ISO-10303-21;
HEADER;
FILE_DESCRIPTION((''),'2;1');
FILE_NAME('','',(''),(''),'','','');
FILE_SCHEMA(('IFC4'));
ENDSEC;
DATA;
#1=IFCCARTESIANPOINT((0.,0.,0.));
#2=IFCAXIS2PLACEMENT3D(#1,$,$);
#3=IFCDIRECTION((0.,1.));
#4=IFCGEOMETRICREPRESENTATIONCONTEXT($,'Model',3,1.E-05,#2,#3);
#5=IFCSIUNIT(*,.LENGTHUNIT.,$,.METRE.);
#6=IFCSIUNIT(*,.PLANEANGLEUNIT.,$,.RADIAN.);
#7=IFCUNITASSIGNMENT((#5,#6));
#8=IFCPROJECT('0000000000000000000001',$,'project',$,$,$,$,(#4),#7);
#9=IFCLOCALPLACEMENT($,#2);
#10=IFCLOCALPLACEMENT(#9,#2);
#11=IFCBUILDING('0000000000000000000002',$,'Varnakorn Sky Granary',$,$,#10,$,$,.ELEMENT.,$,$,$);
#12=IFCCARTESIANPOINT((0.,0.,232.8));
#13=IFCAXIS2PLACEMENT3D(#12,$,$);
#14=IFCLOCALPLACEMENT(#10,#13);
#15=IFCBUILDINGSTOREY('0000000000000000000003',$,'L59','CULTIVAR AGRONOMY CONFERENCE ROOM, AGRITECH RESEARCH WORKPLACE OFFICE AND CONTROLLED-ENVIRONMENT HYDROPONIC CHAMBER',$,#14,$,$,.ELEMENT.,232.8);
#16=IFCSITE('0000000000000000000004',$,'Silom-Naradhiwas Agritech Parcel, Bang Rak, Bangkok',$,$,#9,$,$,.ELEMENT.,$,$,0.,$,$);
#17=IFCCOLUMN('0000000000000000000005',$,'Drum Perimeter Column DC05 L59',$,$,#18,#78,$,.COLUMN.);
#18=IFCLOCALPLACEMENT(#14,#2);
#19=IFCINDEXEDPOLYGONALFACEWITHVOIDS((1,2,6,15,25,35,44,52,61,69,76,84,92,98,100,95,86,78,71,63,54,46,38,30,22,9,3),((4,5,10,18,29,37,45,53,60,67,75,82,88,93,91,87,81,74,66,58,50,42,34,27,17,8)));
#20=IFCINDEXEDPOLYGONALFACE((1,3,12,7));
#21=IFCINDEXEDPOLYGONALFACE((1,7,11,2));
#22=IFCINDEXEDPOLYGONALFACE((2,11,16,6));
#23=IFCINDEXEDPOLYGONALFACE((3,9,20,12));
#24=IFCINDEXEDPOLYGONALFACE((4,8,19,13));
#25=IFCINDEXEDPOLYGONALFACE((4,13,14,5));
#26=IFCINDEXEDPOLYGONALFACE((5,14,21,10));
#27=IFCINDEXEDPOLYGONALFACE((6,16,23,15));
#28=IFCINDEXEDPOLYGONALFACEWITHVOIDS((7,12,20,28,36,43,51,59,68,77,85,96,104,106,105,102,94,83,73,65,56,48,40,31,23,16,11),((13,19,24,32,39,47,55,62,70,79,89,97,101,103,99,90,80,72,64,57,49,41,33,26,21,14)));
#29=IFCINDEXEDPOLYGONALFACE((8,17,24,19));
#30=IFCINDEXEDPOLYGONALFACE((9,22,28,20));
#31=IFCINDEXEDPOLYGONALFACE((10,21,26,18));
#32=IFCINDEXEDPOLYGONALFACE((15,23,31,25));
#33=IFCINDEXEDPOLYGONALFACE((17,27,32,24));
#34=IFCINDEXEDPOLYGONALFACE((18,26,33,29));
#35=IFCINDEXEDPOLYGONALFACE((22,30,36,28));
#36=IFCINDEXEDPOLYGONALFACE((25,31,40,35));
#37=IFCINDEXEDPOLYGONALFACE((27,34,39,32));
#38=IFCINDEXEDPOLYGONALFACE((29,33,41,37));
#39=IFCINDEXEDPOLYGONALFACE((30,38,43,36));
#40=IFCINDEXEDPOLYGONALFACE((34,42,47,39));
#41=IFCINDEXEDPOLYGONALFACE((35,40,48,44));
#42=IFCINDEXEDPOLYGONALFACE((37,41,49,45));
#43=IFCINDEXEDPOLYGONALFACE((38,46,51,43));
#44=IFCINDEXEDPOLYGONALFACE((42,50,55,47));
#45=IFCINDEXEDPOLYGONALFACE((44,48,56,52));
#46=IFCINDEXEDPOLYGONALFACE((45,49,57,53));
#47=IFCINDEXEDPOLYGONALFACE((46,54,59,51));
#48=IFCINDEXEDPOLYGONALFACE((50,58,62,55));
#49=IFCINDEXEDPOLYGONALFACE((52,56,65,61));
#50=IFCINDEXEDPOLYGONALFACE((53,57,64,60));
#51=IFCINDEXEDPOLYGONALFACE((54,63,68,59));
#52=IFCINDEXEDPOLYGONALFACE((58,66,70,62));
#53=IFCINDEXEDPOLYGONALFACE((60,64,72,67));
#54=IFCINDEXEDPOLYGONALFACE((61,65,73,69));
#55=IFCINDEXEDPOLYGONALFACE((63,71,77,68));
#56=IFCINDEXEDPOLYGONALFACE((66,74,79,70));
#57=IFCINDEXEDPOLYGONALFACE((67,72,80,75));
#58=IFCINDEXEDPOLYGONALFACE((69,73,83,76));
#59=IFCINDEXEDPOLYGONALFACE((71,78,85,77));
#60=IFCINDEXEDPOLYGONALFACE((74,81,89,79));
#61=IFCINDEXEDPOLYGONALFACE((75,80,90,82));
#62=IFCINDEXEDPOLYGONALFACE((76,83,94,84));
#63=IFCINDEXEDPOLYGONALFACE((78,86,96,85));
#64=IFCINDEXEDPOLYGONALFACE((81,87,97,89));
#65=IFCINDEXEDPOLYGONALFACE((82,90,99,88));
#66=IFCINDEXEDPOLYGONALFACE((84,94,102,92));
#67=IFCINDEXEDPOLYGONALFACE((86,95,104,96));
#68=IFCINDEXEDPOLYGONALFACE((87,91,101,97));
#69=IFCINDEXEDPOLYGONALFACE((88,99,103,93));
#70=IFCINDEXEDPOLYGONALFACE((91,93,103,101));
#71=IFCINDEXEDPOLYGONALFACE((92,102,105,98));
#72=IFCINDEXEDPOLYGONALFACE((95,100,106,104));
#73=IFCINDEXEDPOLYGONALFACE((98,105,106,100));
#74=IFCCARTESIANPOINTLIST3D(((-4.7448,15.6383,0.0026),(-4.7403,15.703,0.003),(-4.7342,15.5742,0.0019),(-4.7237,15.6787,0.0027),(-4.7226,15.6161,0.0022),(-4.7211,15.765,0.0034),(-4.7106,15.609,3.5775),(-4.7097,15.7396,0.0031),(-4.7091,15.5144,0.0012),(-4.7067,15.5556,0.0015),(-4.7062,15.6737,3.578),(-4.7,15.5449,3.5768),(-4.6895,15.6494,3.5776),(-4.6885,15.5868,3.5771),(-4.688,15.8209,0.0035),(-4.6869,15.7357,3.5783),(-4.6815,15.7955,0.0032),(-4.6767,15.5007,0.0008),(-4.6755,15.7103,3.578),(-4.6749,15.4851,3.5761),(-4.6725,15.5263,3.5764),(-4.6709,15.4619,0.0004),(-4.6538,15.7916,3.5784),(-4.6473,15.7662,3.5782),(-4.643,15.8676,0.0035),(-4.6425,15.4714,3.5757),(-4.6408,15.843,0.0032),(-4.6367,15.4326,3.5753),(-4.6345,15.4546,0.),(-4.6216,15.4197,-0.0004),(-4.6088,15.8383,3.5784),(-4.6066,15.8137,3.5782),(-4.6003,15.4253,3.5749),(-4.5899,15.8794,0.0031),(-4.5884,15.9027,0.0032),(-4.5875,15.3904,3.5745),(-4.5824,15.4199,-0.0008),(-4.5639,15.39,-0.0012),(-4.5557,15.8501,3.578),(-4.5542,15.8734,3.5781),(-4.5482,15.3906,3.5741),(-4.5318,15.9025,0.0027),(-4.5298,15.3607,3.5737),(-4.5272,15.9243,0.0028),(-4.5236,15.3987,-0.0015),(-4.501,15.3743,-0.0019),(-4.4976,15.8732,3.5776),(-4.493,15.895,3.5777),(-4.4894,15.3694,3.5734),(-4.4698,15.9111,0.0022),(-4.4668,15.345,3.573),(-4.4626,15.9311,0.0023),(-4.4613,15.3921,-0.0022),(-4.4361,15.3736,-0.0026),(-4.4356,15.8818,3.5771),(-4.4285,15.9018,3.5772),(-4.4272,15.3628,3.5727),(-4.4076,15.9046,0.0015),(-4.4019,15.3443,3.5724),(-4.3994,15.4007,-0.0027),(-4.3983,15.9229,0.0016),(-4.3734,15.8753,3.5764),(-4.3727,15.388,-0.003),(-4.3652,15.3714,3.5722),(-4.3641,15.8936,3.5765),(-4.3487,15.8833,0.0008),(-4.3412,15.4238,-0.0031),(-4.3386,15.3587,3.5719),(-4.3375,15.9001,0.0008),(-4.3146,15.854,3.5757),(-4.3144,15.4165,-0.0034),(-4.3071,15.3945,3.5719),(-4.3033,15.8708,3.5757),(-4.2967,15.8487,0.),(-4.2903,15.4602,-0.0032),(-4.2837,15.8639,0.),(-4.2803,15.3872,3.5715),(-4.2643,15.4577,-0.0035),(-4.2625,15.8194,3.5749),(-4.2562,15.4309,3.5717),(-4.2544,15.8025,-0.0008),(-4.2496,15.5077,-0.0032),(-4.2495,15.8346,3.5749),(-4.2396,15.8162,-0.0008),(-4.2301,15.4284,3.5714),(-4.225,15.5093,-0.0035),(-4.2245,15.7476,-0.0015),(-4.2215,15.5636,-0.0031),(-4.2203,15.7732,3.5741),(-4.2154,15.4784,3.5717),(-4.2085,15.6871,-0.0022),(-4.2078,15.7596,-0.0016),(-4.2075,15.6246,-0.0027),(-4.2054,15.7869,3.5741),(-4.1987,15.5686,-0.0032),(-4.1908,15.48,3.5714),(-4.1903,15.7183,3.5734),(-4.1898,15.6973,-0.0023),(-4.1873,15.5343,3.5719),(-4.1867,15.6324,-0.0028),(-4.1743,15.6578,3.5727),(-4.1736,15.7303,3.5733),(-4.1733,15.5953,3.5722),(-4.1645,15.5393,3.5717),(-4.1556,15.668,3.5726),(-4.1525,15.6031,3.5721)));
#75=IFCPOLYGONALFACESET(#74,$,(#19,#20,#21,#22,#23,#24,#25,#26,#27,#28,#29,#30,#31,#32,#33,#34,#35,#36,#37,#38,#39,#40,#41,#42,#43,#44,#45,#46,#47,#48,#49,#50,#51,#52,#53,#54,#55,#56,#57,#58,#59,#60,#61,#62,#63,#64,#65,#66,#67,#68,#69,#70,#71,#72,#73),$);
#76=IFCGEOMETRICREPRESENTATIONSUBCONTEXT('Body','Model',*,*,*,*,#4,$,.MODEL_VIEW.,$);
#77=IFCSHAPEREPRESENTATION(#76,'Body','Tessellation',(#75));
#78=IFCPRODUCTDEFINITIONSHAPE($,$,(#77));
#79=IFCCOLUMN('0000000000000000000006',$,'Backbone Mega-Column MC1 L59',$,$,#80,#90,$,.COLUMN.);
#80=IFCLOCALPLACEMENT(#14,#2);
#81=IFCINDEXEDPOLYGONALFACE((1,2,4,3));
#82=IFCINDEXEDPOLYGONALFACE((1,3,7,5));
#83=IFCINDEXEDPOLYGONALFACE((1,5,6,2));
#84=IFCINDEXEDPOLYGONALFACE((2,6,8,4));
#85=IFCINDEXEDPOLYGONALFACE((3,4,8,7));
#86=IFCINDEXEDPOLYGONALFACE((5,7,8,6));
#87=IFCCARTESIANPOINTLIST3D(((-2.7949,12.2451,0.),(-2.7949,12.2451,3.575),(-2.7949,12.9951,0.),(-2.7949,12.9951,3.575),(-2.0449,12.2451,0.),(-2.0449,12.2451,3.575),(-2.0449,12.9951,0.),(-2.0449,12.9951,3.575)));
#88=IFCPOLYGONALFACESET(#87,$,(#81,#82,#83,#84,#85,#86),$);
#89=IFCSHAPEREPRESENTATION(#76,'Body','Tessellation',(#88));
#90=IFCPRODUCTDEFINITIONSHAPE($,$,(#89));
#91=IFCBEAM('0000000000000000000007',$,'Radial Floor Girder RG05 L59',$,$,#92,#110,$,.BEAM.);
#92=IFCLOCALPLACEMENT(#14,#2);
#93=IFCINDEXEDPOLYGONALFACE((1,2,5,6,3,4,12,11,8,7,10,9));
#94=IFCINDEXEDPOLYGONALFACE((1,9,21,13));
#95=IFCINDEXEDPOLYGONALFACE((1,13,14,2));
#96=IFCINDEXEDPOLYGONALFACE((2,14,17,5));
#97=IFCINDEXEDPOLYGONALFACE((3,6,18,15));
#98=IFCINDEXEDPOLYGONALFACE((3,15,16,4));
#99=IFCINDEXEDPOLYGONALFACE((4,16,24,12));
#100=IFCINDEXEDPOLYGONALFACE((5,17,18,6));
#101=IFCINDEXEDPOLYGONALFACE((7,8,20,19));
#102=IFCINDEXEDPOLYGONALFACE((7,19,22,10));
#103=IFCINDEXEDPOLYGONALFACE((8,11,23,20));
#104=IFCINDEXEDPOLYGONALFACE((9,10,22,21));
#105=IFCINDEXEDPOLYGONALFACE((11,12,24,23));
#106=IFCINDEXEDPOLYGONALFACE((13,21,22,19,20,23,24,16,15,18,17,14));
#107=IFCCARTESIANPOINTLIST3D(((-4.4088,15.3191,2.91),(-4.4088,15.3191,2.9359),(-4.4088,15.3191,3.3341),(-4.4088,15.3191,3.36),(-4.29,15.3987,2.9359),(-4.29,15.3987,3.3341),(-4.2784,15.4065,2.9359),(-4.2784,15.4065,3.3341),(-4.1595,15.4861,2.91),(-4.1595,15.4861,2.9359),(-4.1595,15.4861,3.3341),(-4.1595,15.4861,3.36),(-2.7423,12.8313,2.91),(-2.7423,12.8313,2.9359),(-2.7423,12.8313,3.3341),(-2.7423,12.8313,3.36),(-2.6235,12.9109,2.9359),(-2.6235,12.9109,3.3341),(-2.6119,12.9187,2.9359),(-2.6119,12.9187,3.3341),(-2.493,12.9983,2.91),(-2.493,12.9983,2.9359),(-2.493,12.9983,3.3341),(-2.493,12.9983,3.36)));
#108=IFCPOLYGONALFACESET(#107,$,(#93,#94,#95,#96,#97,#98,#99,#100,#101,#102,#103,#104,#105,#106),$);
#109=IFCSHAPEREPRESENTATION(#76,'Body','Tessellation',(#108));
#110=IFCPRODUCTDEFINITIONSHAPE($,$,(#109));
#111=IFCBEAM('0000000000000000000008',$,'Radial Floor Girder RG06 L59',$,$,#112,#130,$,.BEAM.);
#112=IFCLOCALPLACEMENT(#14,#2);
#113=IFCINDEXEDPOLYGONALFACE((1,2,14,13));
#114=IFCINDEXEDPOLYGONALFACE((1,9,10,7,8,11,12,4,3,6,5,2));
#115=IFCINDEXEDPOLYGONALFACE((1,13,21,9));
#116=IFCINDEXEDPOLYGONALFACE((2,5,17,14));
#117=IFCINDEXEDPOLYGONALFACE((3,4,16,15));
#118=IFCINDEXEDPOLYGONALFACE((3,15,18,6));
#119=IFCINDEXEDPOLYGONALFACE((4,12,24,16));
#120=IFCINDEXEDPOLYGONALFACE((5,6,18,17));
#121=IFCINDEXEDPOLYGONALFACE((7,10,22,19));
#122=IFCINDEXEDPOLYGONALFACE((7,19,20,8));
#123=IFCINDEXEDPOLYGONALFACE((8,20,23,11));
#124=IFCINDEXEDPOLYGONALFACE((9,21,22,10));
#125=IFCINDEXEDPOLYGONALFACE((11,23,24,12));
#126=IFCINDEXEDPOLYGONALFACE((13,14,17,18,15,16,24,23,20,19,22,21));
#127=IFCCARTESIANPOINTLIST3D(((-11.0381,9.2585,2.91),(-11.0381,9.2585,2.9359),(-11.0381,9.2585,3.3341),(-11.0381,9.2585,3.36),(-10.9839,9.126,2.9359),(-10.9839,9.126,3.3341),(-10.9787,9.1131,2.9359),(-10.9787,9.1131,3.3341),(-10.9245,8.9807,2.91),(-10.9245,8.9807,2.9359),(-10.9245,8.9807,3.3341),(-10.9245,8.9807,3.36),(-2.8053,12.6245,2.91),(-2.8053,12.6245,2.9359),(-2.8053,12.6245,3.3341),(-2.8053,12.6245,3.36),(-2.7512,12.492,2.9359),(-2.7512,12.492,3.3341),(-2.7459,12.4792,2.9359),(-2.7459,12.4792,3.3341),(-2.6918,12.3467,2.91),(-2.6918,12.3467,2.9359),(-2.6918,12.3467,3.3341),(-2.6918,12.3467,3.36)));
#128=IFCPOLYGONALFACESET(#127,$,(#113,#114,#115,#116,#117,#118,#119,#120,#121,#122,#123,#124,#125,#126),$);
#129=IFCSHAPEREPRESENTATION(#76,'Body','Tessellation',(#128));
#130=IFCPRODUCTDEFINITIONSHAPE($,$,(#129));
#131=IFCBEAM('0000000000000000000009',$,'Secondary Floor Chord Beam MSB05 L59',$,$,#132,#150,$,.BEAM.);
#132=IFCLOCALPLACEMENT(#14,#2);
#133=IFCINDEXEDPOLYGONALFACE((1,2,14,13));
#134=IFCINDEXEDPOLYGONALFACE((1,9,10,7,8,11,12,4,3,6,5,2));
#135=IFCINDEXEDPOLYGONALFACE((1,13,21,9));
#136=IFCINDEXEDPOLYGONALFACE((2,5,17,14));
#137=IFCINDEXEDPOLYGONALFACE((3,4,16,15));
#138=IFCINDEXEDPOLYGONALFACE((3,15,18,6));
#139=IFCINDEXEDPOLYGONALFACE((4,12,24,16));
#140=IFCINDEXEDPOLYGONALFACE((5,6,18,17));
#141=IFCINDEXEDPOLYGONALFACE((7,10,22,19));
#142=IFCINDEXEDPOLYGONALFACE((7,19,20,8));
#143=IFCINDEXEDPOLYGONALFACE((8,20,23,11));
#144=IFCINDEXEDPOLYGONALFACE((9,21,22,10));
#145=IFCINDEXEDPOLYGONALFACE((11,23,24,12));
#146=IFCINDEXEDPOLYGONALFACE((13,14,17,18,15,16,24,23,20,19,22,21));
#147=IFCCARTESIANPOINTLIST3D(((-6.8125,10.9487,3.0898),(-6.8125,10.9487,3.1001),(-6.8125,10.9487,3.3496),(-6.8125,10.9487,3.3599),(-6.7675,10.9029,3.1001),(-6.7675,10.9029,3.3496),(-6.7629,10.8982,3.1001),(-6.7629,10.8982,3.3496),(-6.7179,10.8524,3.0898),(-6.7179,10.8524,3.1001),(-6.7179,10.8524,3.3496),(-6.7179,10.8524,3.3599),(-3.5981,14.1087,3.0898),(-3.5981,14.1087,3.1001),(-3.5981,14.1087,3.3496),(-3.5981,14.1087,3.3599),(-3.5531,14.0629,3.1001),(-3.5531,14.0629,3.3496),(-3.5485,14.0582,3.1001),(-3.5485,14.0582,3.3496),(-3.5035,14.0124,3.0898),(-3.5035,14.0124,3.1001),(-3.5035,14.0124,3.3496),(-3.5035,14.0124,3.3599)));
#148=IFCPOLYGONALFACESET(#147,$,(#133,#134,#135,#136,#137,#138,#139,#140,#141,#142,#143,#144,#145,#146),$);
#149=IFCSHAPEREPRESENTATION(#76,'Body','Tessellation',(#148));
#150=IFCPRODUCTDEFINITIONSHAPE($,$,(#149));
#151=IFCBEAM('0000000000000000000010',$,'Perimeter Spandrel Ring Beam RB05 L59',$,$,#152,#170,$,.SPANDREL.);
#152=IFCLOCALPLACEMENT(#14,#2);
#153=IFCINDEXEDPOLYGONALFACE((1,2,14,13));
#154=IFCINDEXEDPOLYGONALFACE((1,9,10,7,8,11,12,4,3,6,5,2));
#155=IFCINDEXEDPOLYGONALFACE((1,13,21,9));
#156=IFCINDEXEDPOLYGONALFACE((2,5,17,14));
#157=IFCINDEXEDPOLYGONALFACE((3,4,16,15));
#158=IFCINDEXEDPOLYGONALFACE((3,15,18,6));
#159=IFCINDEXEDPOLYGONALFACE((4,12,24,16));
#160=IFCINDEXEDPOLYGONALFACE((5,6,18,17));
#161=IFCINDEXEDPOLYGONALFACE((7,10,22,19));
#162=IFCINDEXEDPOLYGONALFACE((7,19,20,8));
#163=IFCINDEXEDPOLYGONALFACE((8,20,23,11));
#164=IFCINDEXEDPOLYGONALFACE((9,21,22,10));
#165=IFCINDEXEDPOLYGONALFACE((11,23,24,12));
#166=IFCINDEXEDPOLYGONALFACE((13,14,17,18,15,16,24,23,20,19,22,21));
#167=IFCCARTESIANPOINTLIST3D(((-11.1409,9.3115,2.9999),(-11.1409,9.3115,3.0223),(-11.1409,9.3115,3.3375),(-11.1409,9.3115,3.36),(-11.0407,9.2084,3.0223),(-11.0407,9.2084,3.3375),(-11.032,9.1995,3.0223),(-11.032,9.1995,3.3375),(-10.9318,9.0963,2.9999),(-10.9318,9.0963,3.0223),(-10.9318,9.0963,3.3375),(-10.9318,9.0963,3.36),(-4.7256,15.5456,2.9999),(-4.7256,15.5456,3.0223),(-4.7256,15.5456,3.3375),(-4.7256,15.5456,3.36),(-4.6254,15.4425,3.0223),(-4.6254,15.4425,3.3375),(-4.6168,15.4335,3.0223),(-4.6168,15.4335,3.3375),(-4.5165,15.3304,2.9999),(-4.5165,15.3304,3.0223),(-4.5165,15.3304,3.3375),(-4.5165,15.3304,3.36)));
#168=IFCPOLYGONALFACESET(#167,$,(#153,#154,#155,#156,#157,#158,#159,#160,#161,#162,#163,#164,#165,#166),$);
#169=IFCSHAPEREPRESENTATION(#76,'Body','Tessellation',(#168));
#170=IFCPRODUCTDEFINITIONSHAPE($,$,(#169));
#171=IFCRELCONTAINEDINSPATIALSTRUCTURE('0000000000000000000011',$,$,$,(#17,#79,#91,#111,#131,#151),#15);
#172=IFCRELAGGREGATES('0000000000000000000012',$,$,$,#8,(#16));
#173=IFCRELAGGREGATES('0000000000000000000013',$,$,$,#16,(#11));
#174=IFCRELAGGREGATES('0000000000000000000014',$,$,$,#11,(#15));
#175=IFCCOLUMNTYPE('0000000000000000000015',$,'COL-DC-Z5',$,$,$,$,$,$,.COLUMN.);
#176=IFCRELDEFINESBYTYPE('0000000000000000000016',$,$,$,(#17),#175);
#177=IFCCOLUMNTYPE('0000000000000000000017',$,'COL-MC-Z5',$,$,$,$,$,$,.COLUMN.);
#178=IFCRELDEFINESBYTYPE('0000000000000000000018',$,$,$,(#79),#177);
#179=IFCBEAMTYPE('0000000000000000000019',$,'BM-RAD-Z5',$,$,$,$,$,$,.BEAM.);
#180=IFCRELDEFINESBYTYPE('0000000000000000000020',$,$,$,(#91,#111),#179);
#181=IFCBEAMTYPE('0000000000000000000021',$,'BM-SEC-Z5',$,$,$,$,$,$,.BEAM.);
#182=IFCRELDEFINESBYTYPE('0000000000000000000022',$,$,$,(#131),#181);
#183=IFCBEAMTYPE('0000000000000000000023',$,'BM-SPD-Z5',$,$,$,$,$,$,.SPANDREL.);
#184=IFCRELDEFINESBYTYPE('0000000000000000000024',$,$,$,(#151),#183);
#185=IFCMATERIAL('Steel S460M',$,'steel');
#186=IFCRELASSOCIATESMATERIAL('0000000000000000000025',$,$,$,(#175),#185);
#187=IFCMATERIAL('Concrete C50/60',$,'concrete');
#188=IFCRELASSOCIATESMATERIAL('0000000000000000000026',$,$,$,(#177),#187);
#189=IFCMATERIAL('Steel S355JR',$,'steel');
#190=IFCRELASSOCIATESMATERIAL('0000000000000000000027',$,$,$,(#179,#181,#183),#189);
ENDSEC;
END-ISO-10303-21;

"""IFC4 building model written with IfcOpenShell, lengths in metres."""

from ifc_helpers import new_model, si_unit, direction, frame, origin, origin_2d, place, context, subcontext, project, spatial, rectangle, hollow_circle, i_section, extrude, material, material_profile, profile_set, type_object, element, save


model = new_model("IFC4")

# Units and contexts
model_context = context("Model", 3, precision=1e-05, world=origin(), true_north=direction((0.0, 1.0)))
body_context = subcontext(model_context, "Body", "Model", "MODEL_VIEW")
ifc_project = project(units=[si_unit("LENGTHUNIT", "METRE"), si_unit("PLANEANGLEUNIT", "RADIAN")], contexts=[model_context])

# Site, building, storey
site_placement = place(None, origin())
site = spatial("IfcSite", under=ifc_project, at=site_placement, Name="Silom-Naradhiwas Agritech Parcel, Bang Rak, Bangkok", CompositionType="ELEMENT", RefElevation=0.0)
building_placement = place(site_placement, origin())
building = spatial("IfcBuilding", under=site, at=building_placement, Name="Varnakorn Sky Granary", CompositionType="ELEMENT")
storey_placement = place(building_placement, frame((0.0, 0.0, 232.8)))
storey = spatial("IfcBuildingStorey", under=building, at=storey_placement, Name="L59", Description="CULTIVAR AGRONOMY CONFERENCE ROOM, AGRITECH RESEARCH WORKPLACE OFFICE AND CONTROLLED-ENVIRONMENT HYDROPONIC CHAMBER", CompositionType="ELEMENT", Elevation=232.8)

# Columns
ifc_material_1 = material(Name="Steel S460M", Category="steel")
ifc_material_profile_1 = material_profile(ifc_material_1, hollow_circle(Radius=0.2795, WallThickness=0.02, at=origin_2d()), Name="CHS 559x20")
ifc_profile_set_1 = profile_set([ifc_material_profile_1], Name="Steel S460M")
column_type_1 = type_object("IfcColumnType", Name="COL-DC-Z5", PredefinedType="COLUMN", material=ifc_profile_set_1)
column_1_placement = place(storey_placement, frame((-4.4656, 15.6516, 0.0), z_axis=(0.00956, -0.008194, 0.999921), x_axis=(0.650791, 0.759257, 0.0)))
element("IfcColumn", 1, at=column_1_placement, inside=storey, type_object=column_type_1, Name="Drum Perimeter Column DC05 L59", PredefinedType="COLUMN", context=body_context, shape_type="SweptSolid", body=[
    extrude(hollow_circle(Radius=0.2795, WallThickness=0.02, at=origin_2d()), origin(), (0.0, 0.0, 1.0), 3.5752),
])
ifc_material_2 = material(Name="Concrete C50/60", Category="concrete")
ifc_material_profile_2 = material_profile(ifc_material_2, rectangle(XDim=0.75, YDim=0.75, at=origin_2d()), Name="RC 750x750")
ifc_profile_set_2 = profile_set([ifc_material_profile_2], Name="Concrete C50/60")
column_type_2 = type_object("IfcColumnType", Name="COL-MC-Z5", PredefinedType="COLUMN", material=ifc_profile_set_2)
column_2_placement = place(storey_placement, frame((-2.4199, 12.6201, 0.0), z_axis=(0.0, 0.0, 1.0), x_axis=(1.0, 0.0, 0.0)))
element("IfcColumn", 2, at=column_2_placement, inside=storey, type_object=column_type_2, Name="Backbone Mega-Column MC1 L59", PredefinedType="COLUMN", context=body_context, shape_type="SweptSolid", body=[
    extrude(rectangle(XDim=0.75, YDim=0.75, at=origin_2d()), origin(), (0.0, 0.0, 1.0), 3.575),
])

# Beams
ifc_material_3 = material(Name="Steel S355JR", Category="steel")
ifc_material_profile_3 = material_profile(ifc_material_3, i_section(OverallWidth=0.3, OverallDepth=0.45, WebThickness=0.0139, FlangeThickness=0.0259, at=origin_2d()), Name="HE 450 B")
ifc_profile_set_3 = profile_set([ifc_material_profile_3], Name="Steel S355JR")
beam_type_1 = type_object("IfcBeamType", Name="BM-RAD-Z5", PredefinedType="BEAM", material=ifc_profile_set_3)
beam_1_placement = place(storey_placement, frame((-2.6177, 12.9148, 3.135), z_axis=(-0.556543, 0.830819, 0.0), x_axis=(-0.830819, -0.556543, 0.0)))
element("IfcBeam", 3, at=beam_1_placement, inside=storey, type_object=beam_type_1, Name="Radial Floor Girder RG05 L59", PredefinedType="BEAM", context=body_context, shape_type="SweptSolid", body=[
    extrude(i_section(OverallWidth=0.3, OverallDepth=0.45, WebThickness=0.0139, FlangeThickness=0.0259, at=origin_2d()), origin(), (0.0, 0.0, 1.0), 2.9944),
])
beam_2_placement = place(storey_placement, frame((-2.7485, 12.4856, 3.135), z_axis=(-0.925623, -0.378446, 0.0), x_axis=(0.378446, -0.925623, 0.0)))
element("IfcBeam", 4, at=beam_2_placement, inside=storey, type_object=beam_type_1, Name="Radial Floor Girder RG06 L59", PredefinedType="BEAM", context=body_context, shape_type="SweptSolid", body=[
    extrude(i_section(OverallWidth=0.3, OverallDepth=0.45, WebThickness=0.0139, FlangeThickness=0.0259, at=origin_2d()), origin(), (0.0, 0.0, 1.0), 8.8943),
])
ifc_material_profile_4 = material_profile(ifc_material_3, i_section(OverallWidth=0.135, OverallDepth=0.27, WebThickness=0.0066, FlangeThickness=0.0103, at=origin_2d()), Name="IPE 270")
ifc_profile_set_4 = profile_set([ifc_material_profile_4], Name="Steel S355JR")
beam_type_2 = type_object("IfcBeamType", Name="BM-SEC-Z5", PredefinedType="BEAM", material=ifc_profile_set_4)
beam_3_placement = place(storey_placement, frame((-3.5508, 14.0605, 3.2249), z_axis=(-0.71312, -0.701042, 0.0), x_axis=(0.701042, -0.71312, 0.0)))
element("IfcBeam", 5, at=beam_3_placement, inside=storey, type_object=beam_type_2, Name="Secondary Floor Chord Beam MSB05 L59", PredefinedType="BEAM", context=body_context, shape_type="SweptSolid", body=[
    extrude(i_section(OverallWidth=0.135, OverallDepth=0.27, WebThickness=0.0066, FlangeThickness=0.0103, at=origin_2d()), origin(), (0.0, 0.0, 1.0), 4.5076),
])
ifc_material_profile_5 = material_profile(ifc_material_3, i_section(OverallWidth=0.3, OverallDepth=0.3601, WebThickness=0.0125, FlangeThickness=0.0225, at=origin_2d()), Name="HE 360 B")
ifc_profile_set_5 = profile_set([ifc_material_profile_5], Name="Steel S355JR")
beam_type_3 = type_object("IfcBeamType", Name="BM-SPD-Z5", PredefinedType="SPANDREL", material=ifc_profile_set_5)
beam_4_placement = place(storey_placement, frame((-4.6211, 15.438, 3.1799), z_axis=(-0.71716, -0.696909, 0.0), x_axis=(0.696909, -0.71716, 0.0)))
element("IfcBeam", 6, at=beam_4_placement, inside=storey, type_object=beam_type_3, Name="Perimeter Spandrel Ring Beam RB05 L59", PredefinedType="SPANDREL", context=body_context, shape_type="SweptSolid", body=[
    extrude(i_section(OverallWidth=0.3, OverallDepth=0.3601, WebThickness=0.0125, FlangeThickness=0.0225, at=origin_2d()), origin(), (0.0, 0.0, 1.0), 8.9453),
])

save(model, "model.ifc")
